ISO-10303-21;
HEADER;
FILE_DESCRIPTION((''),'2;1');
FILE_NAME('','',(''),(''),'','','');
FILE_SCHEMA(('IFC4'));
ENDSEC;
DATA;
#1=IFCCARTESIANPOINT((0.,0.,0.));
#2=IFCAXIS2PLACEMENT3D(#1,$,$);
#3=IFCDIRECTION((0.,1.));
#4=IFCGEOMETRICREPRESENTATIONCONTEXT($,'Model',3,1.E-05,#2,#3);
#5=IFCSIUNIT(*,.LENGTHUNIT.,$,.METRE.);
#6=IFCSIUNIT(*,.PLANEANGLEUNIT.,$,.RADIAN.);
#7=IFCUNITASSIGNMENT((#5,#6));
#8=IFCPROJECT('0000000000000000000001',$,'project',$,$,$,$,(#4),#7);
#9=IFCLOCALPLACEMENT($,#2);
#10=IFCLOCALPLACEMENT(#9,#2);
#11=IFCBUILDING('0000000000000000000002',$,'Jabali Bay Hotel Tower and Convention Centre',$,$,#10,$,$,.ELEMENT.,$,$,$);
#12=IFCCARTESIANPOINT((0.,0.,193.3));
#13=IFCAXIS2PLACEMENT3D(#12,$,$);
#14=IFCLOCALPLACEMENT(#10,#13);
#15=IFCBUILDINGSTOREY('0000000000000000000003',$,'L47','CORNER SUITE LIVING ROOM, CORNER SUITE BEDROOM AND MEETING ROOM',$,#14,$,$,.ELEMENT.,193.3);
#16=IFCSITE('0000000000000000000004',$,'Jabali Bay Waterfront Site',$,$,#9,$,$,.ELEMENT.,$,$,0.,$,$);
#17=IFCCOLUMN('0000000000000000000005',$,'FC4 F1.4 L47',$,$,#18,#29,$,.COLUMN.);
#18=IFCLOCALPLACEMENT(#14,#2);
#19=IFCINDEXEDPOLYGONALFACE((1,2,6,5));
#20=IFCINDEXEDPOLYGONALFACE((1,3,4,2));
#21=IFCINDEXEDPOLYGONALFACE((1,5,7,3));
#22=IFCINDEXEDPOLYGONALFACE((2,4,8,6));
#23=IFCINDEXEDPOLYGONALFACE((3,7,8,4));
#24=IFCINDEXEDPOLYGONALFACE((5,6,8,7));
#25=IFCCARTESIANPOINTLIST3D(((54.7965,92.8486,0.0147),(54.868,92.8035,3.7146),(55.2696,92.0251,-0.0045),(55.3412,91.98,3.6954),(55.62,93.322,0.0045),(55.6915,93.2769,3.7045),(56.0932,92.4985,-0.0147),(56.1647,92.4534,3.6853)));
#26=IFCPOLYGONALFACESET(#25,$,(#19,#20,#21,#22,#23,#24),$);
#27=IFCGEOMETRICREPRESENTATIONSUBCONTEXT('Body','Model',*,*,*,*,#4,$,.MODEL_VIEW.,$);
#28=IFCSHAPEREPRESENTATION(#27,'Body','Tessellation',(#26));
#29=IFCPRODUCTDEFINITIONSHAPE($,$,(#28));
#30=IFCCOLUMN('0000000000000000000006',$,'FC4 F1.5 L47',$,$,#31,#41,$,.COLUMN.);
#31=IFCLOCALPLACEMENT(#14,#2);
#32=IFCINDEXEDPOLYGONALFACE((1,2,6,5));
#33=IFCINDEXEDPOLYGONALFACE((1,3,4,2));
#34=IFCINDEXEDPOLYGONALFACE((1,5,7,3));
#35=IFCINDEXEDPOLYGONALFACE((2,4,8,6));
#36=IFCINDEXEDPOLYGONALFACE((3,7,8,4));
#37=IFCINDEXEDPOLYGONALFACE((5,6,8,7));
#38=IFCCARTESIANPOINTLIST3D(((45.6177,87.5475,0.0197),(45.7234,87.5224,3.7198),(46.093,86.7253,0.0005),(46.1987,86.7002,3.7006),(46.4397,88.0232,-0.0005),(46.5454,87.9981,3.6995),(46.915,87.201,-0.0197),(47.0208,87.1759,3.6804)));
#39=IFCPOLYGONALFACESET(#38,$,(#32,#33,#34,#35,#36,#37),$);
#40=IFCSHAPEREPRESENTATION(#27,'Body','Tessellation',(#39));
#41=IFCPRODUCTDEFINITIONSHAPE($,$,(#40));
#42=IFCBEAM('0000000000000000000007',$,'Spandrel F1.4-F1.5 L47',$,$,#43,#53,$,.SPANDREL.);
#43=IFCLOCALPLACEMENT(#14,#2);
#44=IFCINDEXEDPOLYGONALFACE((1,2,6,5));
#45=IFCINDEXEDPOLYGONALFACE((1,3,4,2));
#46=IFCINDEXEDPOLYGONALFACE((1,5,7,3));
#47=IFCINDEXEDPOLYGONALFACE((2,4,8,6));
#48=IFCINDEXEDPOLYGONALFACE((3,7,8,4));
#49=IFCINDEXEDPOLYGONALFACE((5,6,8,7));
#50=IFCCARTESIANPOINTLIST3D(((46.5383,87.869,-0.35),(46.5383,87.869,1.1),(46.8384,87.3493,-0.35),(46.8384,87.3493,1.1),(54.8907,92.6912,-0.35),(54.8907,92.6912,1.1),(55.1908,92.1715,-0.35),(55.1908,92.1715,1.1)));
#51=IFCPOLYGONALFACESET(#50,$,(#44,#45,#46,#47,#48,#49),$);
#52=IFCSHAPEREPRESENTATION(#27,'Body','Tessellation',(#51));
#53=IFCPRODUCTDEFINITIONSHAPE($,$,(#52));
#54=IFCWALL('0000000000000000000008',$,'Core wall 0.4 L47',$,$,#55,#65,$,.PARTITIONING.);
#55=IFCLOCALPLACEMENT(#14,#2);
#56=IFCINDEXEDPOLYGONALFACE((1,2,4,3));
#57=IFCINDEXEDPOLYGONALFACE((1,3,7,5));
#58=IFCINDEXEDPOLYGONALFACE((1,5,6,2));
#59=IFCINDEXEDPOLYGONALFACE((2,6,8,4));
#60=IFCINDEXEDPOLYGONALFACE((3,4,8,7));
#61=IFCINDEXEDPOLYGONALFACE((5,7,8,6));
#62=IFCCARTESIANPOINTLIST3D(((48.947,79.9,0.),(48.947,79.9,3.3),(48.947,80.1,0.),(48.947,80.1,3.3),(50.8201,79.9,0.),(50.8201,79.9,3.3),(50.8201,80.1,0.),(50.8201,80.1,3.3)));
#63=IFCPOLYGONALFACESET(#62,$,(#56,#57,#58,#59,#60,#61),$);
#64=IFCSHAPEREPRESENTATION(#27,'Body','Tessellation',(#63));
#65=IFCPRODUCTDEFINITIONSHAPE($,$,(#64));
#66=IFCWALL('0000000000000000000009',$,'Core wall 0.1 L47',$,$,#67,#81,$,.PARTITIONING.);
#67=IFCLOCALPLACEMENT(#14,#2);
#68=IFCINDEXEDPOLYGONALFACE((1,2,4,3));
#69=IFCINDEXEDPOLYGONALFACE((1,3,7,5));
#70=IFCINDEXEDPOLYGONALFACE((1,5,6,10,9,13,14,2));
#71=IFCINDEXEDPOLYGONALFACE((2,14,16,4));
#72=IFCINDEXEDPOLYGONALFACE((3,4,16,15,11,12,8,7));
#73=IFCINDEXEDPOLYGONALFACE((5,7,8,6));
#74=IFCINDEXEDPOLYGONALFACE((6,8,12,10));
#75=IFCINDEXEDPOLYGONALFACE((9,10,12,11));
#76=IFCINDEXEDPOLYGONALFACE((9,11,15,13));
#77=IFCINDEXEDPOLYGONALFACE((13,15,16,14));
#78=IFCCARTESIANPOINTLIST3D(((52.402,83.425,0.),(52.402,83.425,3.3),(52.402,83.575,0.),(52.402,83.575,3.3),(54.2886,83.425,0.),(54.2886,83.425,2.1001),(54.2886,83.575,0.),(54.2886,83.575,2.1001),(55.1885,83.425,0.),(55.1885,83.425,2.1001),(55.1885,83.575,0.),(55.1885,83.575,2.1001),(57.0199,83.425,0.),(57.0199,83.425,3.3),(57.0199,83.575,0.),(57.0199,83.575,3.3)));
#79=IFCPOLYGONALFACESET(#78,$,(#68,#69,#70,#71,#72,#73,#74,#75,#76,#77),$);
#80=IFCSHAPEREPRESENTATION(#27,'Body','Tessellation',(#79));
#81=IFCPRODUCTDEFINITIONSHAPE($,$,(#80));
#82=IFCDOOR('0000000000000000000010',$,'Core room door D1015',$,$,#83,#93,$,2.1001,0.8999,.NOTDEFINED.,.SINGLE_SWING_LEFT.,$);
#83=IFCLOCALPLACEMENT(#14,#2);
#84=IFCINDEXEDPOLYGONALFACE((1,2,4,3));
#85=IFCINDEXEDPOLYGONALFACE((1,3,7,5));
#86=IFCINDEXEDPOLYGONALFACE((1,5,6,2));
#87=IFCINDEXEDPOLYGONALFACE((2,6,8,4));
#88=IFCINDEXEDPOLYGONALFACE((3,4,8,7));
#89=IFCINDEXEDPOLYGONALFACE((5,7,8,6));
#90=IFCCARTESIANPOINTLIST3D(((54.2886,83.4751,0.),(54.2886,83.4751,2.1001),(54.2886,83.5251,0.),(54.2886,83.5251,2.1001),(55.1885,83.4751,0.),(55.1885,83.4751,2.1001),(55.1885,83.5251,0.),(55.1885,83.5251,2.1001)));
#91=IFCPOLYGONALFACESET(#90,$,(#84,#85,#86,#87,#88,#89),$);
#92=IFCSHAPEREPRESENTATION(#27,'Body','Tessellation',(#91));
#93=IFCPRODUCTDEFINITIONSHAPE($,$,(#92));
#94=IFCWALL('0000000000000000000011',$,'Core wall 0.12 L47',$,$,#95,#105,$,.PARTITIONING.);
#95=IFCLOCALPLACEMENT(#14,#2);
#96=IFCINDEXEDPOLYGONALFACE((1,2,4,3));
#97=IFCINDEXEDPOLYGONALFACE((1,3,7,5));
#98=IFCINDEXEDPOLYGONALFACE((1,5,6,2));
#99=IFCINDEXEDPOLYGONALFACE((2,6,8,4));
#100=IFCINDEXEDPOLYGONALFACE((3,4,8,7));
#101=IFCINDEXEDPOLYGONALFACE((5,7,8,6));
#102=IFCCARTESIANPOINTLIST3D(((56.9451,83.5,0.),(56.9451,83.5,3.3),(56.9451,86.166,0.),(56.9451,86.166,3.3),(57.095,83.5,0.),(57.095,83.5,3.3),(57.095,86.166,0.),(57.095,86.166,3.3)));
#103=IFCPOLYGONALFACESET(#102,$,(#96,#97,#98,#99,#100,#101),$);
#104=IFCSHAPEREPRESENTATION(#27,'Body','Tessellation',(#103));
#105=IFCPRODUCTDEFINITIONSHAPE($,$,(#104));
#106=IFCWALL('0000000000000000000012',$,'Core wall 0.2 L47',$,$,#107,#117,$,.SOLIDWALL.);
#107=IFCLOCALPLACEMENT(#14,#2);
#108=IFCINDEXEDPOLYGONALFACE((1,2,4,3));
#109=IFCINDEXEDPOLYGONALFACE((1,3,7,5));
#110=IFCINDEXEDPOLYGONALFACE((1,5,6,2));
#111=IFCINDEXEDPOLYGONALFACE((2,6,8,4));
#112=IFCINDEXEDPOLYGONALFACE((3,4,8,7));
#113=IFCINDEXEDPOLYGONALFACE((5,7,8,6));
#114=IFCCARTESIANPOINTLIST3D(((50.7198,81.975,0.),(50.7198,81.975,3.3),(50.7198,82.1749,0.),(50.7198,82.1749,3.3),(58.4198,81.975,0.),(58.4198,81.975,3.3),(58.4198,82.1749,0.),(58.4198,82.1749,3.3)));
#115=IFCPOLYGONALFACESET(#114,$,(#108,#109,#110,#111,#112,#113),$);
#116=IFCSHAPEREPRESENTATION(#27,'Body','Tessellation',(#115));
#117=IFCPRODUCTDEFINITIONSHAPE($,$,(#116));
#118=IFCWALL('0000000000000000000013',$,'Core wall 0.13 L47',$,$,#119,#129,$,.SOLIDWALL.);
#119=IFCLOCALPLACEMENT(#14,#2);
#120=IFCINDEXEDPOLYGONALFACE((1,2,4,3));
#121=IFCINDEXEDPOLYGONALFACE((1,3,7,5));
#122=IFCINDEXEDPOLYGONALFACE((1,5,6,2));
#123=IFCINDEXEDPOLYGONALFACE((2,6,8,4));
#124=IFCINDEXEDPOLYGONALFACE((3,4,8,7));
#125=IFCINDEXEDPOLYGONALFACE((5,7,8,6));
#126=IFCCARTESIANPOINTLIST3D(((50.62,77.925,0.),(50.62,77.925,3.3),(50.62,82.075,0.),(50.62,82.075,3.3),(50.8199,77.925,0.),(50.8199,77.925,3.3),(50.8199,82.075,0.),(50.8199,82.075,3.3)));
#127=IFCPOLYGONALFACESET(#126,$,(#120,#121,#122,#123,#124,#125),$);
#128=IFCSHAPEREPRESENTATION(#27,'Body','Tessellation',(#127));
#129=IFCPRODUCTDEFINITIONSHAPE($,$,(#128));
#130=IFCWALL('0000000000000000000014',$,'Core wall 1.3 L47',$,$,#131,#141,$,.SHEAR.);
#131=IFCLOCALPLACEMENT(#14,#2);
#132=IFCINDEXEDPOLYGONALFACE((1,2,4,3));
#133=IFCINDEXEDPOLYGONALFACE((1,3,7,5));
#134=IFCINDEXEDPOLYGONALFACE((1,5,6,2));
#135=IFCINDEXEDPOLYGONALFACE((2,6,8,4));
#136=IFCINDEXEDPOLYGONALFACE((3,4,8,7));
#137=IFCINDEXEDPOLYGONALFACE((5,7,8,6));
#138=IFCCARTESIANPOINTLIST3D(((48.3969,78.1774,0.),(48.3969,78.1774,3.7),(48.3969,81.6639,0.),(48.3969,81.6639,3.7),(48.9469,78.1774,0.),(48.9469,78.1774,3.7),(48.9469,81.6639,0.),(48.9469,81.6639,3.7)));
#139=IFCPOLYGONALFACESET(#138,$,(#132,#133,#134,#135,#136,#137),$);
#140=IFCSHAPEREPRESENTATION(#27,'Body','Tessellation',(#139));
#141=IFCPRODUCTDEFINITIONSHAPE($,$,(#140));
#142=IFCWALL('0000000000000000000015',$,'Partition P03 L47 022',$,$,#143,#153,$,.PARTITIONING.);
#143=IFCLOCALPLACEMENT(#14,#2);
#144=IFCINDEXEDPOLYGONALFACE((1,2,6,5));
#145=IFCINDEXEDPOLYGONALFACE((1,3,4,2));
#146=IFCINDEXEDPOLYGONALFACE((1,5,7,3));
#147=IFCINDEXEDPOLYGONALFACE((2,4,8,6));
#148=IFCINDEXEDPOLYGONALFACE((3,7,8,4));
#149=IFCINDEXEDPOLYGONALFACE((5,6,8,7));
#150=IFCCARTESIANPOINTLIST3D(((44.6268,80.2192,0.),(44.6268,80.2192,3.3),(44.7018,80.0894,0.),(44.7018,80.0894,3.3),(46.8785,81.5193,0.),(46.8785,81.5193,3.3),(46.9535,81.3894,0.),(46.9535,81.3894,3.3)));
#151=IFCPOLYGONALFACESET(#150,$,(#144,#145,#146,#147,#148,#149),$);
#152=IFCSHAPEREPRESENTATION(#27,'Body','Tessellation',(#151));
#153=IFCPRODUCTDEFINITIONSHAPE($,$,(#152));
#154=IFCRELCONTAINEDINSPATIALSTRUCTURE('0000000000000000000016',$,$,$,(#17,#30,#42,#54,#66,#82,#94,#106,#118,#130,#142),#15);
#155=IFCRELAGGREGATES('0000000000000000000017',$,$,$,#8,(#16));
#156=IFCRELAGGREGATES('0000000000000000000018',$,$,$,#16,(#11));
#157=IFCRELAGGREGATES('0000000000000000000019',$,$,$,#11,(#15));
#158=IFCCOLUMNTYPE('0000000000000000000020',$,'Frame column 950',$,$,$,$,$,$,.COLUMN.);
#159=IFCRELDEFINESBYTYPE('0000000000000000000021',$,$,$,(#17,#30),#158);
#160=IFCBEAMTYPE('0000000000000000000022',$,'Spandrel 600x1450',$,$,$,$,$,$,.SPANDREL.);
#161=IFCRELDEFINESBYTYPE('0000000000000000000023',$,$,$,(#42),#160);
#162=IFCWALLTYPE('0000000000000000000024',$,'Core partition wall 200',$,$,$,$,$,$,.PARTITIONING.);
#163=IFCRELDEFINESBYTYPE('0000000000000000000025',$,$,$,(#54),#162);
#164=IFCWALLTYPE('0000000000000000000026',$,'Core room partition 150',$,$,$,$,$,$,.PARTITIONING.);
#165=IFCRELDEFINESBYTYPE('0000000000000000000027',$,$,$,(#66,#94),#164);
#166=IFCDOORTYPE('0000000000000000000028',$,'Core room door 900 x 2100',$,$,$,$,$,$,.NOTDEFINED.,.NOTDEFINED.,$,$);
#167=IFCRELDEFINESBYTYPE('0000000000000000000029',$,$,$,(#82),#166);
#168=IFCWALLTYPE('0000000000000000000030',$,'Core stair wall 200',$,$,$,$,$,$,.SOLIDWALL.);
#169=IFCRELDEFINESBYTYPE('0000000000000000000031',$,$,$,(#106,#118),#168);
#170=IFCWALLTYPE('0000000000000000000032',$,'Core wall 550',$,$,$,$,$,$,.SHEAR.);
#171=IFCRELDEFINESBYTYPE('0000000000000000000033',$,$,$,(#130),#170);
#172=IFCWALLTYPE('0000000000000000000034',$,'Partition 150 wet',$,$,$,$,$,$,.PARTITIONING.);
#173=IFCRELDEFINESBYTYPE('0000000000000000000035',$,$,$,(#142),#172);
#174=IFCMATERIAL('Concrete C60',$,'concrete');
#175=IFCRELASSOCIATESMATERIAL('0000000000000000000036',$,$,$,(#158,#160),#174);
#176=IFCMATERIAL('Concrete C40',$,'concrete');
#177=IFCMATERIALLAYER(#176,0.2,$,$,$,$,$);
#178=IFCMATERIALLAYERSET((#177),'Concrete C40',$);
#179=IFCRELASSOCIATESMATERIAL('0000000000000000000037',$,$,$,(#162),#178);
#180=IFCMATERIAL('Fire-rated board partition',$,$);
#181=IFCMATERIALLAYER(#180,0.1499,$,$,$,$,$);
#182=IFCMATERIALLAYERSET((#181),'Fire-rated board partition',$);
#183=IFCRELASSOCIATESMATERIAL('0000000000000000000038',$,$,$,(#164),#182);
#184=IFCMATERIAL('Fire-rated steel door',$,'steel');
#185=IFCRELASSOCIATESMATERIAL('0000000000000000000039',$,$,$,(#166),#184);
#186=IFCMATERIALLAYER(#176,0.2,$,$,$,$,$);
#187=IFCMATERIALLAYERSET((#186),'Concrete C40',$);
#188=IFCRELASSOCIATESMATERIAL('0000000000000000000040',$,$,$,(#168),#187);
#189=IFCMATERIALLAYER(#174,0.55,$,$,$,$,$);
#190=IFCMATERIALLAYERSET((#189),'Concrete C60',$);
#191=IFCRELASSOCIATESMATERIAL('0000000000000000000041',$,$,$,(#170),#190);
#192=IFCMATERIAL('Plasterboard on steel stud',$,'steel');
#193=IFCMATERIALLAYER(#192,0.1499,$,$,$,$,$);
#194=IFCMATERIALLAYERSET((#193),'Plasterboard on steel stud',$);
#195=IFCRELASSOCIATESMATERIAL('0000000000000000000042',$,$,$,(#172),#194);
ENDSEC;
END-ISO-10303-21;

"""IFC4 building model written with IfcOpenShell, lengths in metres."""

from ifc_helpers import new_model, si_unit, direction, frame, frame_2d, origin, origin_2d, place, context, subcontext, project, spatial, rectangle, extrude, material, layer, layer_set, material_profile, profile_set, type_object, element, fill, save


model = new_model("IFC4")

# Units and contexts
model_context = context("Model", 3, precision=1e-05, world=origin(), true_north=direction((0.0, 1.0)))
body_context = subcontext(model_context, "Body", "Model", "MODEL_VIEW")
ifc_project = project(units=[si_unit("LENGTHUNIT", "METRE"), si_unit("PLANEANGLEUNIT", "RADIAN")], contexts=[model_context])

# Site, building, storey
site_placement = place(None, origin())
site = spatial("IfcSite", under=ifc_project, at=site_placement, Name="Jabali Bay Waterfront Site", CompositionType="ELEMENT", RefElevation=0.0)
building_placement = place(site_placement, origin())
building = spatial("IfcBuilding", under=site, at=building_placement, Name="Jabali Bay Hotel Tower and Convention Centre", CompositionType="ELEMENT")
storey_placement = place(building_placement, frame((0.0, 0.0, 193.3)))
storey = spatial("IfcBuildingStorey", under=building, at=storey_placement, Name="L47", Description="CORNER SUITE LIVING ROOM, CORNER SUITE BEDROOM AND MEETING ROOM", CompositionType="ELEMENT", Elevation=193.3)

# Columns
ifc_material_1 = material(Name="Concrete C60", Category="concrete")
ifc_material_profile_1 = material_profile(ifc_material_1, rectangle(XDim=0.95, YDim=0.95, at=origin_2d()), Name="Frame column 950")
ifc_profile_set_1 = profile_set([ifc_material_profile_1], Name="Concrete C60")
column_type = type_object("IfcColumnType", Name="Frame column 950", PredefinedType="COLUMN", material=ifc_profile_set_1)
column_1_placement = place(storey_placement, frame((55.4448, 92.6736, 0.0), z_axis=(0.019329, -0.012204, 0.999739), x_axis=(-0.498097, 0.866886, 0.020212)))
element("IfcColumn", 1, at=column_1_placement, inside=storey, type_object=column_type, Name="FC4 F1.4 L47", PredefinedType="COLUMN", context=body_context, shape_type="SweptSolid", body=[
    extrude(rectangle(XDim=0.95, YDim=0.95, at=origin_2d()), origin(), (0.0, 0.0, 1.0), 3.7009),
])
column_2_placement = place(storey_placement, frame((46.2664, 87.3743, 0.0), z_axis=(0.028559, -0.006794, 0.999569), x_axis=(-0.500408, 0.865555, 0.02018)))
element("IfcColumn", 2, at=column_2_placement, inside=storey, type_object=column_type, Name="FC4 F1.5 L47", PredefinedType="COLUMN", context=body_context, shape_type="SweptSolid", body=[
    extrude(rectangle(XDim=0.95, YDim=0.95, at=origin_2d()), origin(), (0.0, 0.0, 1.0), 3.7017),
])

# Beam
ifc_material_profile_2 = material_profile(ifc_material_1, rectangle(XDim=0.6001, YDim=1.45, at=origin_2d()), Name="Spandrel 600x1450")
ifc_profile_set_2 = profile_set([ifc_material_profile_2], Name="Concrete C60")
beam_type = type_object("IfcBeamType", Name="Spandrel 600x1450", PredefinedType="SPANDREL", material=ifc_profile_set_2)
beam_placement = place(storey_placement, frame((55.0408, 92.4314, 0.375), z_axis=(-0.866029, -0.499994, 0.0), x_axis=(0.499994, -0.866029, 0.0)))
element("IfcBeam", 3, at=beam_placement, inside=storey, type_object=beam_type, Name="Spandrel F1.4-F1.5 L47", PredefinedType="SPANDREL", context=body_context, shape_type="SweptSolid", body=[
    extrude(rectangle(XDim=0.6001, YDim=1.45, at=origin_2d()), origin(), (0.0, 0.0, 1.0), 9.6445),
])

# Wall
ifc_material_2 = material(Name="Concrete C40", Category="concrete")
ifc_layer_1 = layer(ifc_material_2, 0.2)
ifc_layer_set_1 = layer_set([ifc_layer_1], Name="Concrete C40")
wall_type_1 = type_object("IfcWallType", Name="Core partition wall 200", PredefinedType="PARTITIONING", material=ifc_layer_set_1)
wall_1_placement = place(storey_placement, frame((50.8201, 80.0, 0.0), z_axis=(0.0, 0.0, 1.0), x_axis=(-1.0, 0.0, 0.0)))
element("IfcWall", 4, at=wall_1_placement, inside=storey, type_object=wall_type_1, Name="Core wall 0.4 L47", PredefinedType="PARTITIONING", context=body_context, shape_type="SweptSolid", body=[
    extrude(rectangle(XDim=1.873, YDim=0.2, at=frame_2d((0.9365, 0.0))), origin(), (0.0, 0.0, 1.0), 3.3),
])

# Wall, opening, door
ifc_material_3 = material(Name="Fire-rated board partition")
ifc_layer_2 = layer(ifc_material_3, 0.1499)
ifc_layer_set_2 = layer_set([ifc_layer_2], Name="Fire-rated board partition")
wall_type_2 = type_object("IfcWallType", Name="Core room partition 150", PredefinedType="PARTITIONING", material=ifc_layer_set_2)
wall_2_placement = place(storey_placement, frame((57.02, 83.5, 0.0), z_axis=(0.0, 0.0, 1.0), x_axis=(-1.0, 0.0, 0.0)))
wall_2 = element("IfcWall", 5, at=wall_2_placement, inside=storey, type_object=wall_type_2, Name="Core wall 0.1 L47", PredefinedType="PARTITIONING", context=body_context, shape_type="SweptSolid", body=[
    extrude(rectangle(XDim=4.6179, YDim=0.1499, at=frame_2d((2.3091, 0.0))), origin(), (0.0, 0.0, 1.0), 3.3),
])
opening_placement = place(wall_2_placement, frame((1.8315, 0.0, 0.0)))
opening = element("IfcOpeningElement", 6, at=opening_placement, cuts=wall_2, PredefinedType="OPENING", context=body_context, shape_type="SweptSolid", body=[
    extrude(rectangle(XDim=0.8999, YDim=2.1001, at=frame_2d((0.45, 1.05))), frame((0.0, 0.0854, 0.0), z_axis=(0.0, -1.0, 0.0), x_axis=(1.0, 0.0, 0.0)), (0.0, 0.0, 1.0), 0.1709),
])
ifc_material_4 = material(Name="Fire-rated steel door", Category="steel")
door_type = type_object("IfcDoorType", Name="Core room door 900 x 2100", OperationType="NOTDEFINED", PredefinedType="NOTDEFINED", material=ifc_material_4)
door_placement = place(opening_placement, origin())
door = element("IfcDoor", 7, at=door_placement, inside=storey, type_object=door_type, Name="Core room door D1015", OperationType="SINGLE_SWING_LEFT", OverallHeight=2.1001, OverallWidth=0.8999, PredefinedType="NOTDEFINED", context=body_context, shape_type="SweptSolid", body=[
    extrude(rectangle(XDim=0.8999, YDim=2.1001, at=frame_2d((0.45, 1.05))), frame((0.0, 0.0249, 0.0), z_axis=(0.0, -1.0, 0.0), x_axis=(1.0, 0.0, 0.0)), (0.0, 0.0, 1.0), 0.05),
])
fill(opening, door)

# Walls
wall_3_placement = place(storey_placement, frame((57.02, 86.166, 0.0), z_axis=(0.0, 0.0, 1.0), x_axis=(0.0, -1.0, 0.0)))
element("IfcWall", 8, at=wall_3_placement, inside=storey, type_object=wall_type_2, Name="Core wall 0.12 L47", PredefinedType="PARTITIONING", context=body_context, shape_type="SweptSolid", body=[
    extrude(rectangle(XDim=2.666, YDim=0.1499, at=frame_2d((1.333, 0.0))), origin(), (0.0, 0.0, 1.0), 3.3),
])
ifc_layer_3 = layer(ifc_material_2, 0.2)
ifc_layer_set_3 = layer_set([ifc_layer_3], Name="Concrete C40")
wall_type_3 = type_object("IfcWallType", Name="Core stair wall 200", PredefinedType="SOLIDWALL", material=ifc_layer_set_3)
wall_4_placement = place(storey_placement, frame((58.4199, 82.075, 0.0), z_axis=(0.0, 0.0, 1.0), x_axis=(-1.0, 0.0, 0.0)))
element("IfcWall", 9, at=wall_4_placement, inside=storey, type_object=wall_type_3, Name="Core wall 0.2 L47", PredefinedType="SOLIDWALL", context=body_context, shape_type="SweptSolid", body=[
    extrude(rectangle(XDim=7.7, YDim=0.2, at=frame_2d((3.8501, 0.0))), origin(), (0.0, 0.0, 1.0), 3.3),
])
wall_5_placement = place(storey_placement, frame((50.72, 82.075, 0.0), z_axis=(0.0, 0.0, 1.0), x_axis=(0.0, -1.0, 0.0)))
element("IfcWall", 10, at=wall_5_placement, inside=storey, type_object=wall_type_3, Name="Core wall 0.13 L47", PredefinedType="SOLIDWALL", context=body_context, shape_type="SweptSolid", body=[
    extrude(rectangle(XDim=4.1499, YDim=0.2, at=frame_2d((2.075, 0.0))), origin(), (0.0, 0.0, 1.0), 3.3),
])
ifc_layer_4 = layer(ifc_material_1, 0.55)
ifc_layer_set_4 = layer_set([ifc_layer_4], Name="Concrete C60")
wall_type_4 = type_object("IfcWallType", Name="Core wall 550", PredefinedType="SHEAR", material=ifc_layer_set_4)
wall_6_placement = place(storey_placement, frame((48.6719, 81.6638, 0.0), z_axis=(0.0, 0.0, 1.0), x_axis=(0.0, -1.0, 0.0)))
element("IfcWall", 11, at=wall_6_placement, inside=storey, type_object=wall_type_4, Name="Core wall 1.3 L47", PredefinedType="SHEAR", context=body_context, shape_type="SweptSolid", body=[
    extrude(rectangle(XDim=3.4866, YDim=0.55, at=frame_2d((1.7432, 0.0))), origin(), (0.0, 0.0, 1.0), 3.7),
])
ifc_material_5 = material(Name="Plasterboard on steel stud", Category="steel")
ifc_layer_5 = layer(ifc_material_5, 0.1499)
ifc_layer_set_5 = layer_set([ifc_layer_5], Name="Plasterboard on steel stud")
wall_type_5 = type_object("IfcWallType", Name="Partition 150 wet", PredefinedType="PARTITIONING", material=ifc_layer_set_5)
wall_7_placement = place(storey_placement, frame((46.916, 81.4543, 0.0), z_axis=(0.0, 0.0, 1.0), x_axis=(-0.866021, -0.500007, 0.0)))
element("IfcWall", 12, at=wall_7_placement, inside=storey, type_object=wall_type_5, Name="Partition P03 L47 022", PredefinedType="PARTITIONING", context=body_context, shape_type="SweptSolid", body=[
    extrude(rectangle(XDim=2.6001, YDim=0.1499, at=frame_2d((1.3, 0.0))), origin(), (0.0, 0.0, 1.0), 3.3),
])

save(model, "model.ifc")
